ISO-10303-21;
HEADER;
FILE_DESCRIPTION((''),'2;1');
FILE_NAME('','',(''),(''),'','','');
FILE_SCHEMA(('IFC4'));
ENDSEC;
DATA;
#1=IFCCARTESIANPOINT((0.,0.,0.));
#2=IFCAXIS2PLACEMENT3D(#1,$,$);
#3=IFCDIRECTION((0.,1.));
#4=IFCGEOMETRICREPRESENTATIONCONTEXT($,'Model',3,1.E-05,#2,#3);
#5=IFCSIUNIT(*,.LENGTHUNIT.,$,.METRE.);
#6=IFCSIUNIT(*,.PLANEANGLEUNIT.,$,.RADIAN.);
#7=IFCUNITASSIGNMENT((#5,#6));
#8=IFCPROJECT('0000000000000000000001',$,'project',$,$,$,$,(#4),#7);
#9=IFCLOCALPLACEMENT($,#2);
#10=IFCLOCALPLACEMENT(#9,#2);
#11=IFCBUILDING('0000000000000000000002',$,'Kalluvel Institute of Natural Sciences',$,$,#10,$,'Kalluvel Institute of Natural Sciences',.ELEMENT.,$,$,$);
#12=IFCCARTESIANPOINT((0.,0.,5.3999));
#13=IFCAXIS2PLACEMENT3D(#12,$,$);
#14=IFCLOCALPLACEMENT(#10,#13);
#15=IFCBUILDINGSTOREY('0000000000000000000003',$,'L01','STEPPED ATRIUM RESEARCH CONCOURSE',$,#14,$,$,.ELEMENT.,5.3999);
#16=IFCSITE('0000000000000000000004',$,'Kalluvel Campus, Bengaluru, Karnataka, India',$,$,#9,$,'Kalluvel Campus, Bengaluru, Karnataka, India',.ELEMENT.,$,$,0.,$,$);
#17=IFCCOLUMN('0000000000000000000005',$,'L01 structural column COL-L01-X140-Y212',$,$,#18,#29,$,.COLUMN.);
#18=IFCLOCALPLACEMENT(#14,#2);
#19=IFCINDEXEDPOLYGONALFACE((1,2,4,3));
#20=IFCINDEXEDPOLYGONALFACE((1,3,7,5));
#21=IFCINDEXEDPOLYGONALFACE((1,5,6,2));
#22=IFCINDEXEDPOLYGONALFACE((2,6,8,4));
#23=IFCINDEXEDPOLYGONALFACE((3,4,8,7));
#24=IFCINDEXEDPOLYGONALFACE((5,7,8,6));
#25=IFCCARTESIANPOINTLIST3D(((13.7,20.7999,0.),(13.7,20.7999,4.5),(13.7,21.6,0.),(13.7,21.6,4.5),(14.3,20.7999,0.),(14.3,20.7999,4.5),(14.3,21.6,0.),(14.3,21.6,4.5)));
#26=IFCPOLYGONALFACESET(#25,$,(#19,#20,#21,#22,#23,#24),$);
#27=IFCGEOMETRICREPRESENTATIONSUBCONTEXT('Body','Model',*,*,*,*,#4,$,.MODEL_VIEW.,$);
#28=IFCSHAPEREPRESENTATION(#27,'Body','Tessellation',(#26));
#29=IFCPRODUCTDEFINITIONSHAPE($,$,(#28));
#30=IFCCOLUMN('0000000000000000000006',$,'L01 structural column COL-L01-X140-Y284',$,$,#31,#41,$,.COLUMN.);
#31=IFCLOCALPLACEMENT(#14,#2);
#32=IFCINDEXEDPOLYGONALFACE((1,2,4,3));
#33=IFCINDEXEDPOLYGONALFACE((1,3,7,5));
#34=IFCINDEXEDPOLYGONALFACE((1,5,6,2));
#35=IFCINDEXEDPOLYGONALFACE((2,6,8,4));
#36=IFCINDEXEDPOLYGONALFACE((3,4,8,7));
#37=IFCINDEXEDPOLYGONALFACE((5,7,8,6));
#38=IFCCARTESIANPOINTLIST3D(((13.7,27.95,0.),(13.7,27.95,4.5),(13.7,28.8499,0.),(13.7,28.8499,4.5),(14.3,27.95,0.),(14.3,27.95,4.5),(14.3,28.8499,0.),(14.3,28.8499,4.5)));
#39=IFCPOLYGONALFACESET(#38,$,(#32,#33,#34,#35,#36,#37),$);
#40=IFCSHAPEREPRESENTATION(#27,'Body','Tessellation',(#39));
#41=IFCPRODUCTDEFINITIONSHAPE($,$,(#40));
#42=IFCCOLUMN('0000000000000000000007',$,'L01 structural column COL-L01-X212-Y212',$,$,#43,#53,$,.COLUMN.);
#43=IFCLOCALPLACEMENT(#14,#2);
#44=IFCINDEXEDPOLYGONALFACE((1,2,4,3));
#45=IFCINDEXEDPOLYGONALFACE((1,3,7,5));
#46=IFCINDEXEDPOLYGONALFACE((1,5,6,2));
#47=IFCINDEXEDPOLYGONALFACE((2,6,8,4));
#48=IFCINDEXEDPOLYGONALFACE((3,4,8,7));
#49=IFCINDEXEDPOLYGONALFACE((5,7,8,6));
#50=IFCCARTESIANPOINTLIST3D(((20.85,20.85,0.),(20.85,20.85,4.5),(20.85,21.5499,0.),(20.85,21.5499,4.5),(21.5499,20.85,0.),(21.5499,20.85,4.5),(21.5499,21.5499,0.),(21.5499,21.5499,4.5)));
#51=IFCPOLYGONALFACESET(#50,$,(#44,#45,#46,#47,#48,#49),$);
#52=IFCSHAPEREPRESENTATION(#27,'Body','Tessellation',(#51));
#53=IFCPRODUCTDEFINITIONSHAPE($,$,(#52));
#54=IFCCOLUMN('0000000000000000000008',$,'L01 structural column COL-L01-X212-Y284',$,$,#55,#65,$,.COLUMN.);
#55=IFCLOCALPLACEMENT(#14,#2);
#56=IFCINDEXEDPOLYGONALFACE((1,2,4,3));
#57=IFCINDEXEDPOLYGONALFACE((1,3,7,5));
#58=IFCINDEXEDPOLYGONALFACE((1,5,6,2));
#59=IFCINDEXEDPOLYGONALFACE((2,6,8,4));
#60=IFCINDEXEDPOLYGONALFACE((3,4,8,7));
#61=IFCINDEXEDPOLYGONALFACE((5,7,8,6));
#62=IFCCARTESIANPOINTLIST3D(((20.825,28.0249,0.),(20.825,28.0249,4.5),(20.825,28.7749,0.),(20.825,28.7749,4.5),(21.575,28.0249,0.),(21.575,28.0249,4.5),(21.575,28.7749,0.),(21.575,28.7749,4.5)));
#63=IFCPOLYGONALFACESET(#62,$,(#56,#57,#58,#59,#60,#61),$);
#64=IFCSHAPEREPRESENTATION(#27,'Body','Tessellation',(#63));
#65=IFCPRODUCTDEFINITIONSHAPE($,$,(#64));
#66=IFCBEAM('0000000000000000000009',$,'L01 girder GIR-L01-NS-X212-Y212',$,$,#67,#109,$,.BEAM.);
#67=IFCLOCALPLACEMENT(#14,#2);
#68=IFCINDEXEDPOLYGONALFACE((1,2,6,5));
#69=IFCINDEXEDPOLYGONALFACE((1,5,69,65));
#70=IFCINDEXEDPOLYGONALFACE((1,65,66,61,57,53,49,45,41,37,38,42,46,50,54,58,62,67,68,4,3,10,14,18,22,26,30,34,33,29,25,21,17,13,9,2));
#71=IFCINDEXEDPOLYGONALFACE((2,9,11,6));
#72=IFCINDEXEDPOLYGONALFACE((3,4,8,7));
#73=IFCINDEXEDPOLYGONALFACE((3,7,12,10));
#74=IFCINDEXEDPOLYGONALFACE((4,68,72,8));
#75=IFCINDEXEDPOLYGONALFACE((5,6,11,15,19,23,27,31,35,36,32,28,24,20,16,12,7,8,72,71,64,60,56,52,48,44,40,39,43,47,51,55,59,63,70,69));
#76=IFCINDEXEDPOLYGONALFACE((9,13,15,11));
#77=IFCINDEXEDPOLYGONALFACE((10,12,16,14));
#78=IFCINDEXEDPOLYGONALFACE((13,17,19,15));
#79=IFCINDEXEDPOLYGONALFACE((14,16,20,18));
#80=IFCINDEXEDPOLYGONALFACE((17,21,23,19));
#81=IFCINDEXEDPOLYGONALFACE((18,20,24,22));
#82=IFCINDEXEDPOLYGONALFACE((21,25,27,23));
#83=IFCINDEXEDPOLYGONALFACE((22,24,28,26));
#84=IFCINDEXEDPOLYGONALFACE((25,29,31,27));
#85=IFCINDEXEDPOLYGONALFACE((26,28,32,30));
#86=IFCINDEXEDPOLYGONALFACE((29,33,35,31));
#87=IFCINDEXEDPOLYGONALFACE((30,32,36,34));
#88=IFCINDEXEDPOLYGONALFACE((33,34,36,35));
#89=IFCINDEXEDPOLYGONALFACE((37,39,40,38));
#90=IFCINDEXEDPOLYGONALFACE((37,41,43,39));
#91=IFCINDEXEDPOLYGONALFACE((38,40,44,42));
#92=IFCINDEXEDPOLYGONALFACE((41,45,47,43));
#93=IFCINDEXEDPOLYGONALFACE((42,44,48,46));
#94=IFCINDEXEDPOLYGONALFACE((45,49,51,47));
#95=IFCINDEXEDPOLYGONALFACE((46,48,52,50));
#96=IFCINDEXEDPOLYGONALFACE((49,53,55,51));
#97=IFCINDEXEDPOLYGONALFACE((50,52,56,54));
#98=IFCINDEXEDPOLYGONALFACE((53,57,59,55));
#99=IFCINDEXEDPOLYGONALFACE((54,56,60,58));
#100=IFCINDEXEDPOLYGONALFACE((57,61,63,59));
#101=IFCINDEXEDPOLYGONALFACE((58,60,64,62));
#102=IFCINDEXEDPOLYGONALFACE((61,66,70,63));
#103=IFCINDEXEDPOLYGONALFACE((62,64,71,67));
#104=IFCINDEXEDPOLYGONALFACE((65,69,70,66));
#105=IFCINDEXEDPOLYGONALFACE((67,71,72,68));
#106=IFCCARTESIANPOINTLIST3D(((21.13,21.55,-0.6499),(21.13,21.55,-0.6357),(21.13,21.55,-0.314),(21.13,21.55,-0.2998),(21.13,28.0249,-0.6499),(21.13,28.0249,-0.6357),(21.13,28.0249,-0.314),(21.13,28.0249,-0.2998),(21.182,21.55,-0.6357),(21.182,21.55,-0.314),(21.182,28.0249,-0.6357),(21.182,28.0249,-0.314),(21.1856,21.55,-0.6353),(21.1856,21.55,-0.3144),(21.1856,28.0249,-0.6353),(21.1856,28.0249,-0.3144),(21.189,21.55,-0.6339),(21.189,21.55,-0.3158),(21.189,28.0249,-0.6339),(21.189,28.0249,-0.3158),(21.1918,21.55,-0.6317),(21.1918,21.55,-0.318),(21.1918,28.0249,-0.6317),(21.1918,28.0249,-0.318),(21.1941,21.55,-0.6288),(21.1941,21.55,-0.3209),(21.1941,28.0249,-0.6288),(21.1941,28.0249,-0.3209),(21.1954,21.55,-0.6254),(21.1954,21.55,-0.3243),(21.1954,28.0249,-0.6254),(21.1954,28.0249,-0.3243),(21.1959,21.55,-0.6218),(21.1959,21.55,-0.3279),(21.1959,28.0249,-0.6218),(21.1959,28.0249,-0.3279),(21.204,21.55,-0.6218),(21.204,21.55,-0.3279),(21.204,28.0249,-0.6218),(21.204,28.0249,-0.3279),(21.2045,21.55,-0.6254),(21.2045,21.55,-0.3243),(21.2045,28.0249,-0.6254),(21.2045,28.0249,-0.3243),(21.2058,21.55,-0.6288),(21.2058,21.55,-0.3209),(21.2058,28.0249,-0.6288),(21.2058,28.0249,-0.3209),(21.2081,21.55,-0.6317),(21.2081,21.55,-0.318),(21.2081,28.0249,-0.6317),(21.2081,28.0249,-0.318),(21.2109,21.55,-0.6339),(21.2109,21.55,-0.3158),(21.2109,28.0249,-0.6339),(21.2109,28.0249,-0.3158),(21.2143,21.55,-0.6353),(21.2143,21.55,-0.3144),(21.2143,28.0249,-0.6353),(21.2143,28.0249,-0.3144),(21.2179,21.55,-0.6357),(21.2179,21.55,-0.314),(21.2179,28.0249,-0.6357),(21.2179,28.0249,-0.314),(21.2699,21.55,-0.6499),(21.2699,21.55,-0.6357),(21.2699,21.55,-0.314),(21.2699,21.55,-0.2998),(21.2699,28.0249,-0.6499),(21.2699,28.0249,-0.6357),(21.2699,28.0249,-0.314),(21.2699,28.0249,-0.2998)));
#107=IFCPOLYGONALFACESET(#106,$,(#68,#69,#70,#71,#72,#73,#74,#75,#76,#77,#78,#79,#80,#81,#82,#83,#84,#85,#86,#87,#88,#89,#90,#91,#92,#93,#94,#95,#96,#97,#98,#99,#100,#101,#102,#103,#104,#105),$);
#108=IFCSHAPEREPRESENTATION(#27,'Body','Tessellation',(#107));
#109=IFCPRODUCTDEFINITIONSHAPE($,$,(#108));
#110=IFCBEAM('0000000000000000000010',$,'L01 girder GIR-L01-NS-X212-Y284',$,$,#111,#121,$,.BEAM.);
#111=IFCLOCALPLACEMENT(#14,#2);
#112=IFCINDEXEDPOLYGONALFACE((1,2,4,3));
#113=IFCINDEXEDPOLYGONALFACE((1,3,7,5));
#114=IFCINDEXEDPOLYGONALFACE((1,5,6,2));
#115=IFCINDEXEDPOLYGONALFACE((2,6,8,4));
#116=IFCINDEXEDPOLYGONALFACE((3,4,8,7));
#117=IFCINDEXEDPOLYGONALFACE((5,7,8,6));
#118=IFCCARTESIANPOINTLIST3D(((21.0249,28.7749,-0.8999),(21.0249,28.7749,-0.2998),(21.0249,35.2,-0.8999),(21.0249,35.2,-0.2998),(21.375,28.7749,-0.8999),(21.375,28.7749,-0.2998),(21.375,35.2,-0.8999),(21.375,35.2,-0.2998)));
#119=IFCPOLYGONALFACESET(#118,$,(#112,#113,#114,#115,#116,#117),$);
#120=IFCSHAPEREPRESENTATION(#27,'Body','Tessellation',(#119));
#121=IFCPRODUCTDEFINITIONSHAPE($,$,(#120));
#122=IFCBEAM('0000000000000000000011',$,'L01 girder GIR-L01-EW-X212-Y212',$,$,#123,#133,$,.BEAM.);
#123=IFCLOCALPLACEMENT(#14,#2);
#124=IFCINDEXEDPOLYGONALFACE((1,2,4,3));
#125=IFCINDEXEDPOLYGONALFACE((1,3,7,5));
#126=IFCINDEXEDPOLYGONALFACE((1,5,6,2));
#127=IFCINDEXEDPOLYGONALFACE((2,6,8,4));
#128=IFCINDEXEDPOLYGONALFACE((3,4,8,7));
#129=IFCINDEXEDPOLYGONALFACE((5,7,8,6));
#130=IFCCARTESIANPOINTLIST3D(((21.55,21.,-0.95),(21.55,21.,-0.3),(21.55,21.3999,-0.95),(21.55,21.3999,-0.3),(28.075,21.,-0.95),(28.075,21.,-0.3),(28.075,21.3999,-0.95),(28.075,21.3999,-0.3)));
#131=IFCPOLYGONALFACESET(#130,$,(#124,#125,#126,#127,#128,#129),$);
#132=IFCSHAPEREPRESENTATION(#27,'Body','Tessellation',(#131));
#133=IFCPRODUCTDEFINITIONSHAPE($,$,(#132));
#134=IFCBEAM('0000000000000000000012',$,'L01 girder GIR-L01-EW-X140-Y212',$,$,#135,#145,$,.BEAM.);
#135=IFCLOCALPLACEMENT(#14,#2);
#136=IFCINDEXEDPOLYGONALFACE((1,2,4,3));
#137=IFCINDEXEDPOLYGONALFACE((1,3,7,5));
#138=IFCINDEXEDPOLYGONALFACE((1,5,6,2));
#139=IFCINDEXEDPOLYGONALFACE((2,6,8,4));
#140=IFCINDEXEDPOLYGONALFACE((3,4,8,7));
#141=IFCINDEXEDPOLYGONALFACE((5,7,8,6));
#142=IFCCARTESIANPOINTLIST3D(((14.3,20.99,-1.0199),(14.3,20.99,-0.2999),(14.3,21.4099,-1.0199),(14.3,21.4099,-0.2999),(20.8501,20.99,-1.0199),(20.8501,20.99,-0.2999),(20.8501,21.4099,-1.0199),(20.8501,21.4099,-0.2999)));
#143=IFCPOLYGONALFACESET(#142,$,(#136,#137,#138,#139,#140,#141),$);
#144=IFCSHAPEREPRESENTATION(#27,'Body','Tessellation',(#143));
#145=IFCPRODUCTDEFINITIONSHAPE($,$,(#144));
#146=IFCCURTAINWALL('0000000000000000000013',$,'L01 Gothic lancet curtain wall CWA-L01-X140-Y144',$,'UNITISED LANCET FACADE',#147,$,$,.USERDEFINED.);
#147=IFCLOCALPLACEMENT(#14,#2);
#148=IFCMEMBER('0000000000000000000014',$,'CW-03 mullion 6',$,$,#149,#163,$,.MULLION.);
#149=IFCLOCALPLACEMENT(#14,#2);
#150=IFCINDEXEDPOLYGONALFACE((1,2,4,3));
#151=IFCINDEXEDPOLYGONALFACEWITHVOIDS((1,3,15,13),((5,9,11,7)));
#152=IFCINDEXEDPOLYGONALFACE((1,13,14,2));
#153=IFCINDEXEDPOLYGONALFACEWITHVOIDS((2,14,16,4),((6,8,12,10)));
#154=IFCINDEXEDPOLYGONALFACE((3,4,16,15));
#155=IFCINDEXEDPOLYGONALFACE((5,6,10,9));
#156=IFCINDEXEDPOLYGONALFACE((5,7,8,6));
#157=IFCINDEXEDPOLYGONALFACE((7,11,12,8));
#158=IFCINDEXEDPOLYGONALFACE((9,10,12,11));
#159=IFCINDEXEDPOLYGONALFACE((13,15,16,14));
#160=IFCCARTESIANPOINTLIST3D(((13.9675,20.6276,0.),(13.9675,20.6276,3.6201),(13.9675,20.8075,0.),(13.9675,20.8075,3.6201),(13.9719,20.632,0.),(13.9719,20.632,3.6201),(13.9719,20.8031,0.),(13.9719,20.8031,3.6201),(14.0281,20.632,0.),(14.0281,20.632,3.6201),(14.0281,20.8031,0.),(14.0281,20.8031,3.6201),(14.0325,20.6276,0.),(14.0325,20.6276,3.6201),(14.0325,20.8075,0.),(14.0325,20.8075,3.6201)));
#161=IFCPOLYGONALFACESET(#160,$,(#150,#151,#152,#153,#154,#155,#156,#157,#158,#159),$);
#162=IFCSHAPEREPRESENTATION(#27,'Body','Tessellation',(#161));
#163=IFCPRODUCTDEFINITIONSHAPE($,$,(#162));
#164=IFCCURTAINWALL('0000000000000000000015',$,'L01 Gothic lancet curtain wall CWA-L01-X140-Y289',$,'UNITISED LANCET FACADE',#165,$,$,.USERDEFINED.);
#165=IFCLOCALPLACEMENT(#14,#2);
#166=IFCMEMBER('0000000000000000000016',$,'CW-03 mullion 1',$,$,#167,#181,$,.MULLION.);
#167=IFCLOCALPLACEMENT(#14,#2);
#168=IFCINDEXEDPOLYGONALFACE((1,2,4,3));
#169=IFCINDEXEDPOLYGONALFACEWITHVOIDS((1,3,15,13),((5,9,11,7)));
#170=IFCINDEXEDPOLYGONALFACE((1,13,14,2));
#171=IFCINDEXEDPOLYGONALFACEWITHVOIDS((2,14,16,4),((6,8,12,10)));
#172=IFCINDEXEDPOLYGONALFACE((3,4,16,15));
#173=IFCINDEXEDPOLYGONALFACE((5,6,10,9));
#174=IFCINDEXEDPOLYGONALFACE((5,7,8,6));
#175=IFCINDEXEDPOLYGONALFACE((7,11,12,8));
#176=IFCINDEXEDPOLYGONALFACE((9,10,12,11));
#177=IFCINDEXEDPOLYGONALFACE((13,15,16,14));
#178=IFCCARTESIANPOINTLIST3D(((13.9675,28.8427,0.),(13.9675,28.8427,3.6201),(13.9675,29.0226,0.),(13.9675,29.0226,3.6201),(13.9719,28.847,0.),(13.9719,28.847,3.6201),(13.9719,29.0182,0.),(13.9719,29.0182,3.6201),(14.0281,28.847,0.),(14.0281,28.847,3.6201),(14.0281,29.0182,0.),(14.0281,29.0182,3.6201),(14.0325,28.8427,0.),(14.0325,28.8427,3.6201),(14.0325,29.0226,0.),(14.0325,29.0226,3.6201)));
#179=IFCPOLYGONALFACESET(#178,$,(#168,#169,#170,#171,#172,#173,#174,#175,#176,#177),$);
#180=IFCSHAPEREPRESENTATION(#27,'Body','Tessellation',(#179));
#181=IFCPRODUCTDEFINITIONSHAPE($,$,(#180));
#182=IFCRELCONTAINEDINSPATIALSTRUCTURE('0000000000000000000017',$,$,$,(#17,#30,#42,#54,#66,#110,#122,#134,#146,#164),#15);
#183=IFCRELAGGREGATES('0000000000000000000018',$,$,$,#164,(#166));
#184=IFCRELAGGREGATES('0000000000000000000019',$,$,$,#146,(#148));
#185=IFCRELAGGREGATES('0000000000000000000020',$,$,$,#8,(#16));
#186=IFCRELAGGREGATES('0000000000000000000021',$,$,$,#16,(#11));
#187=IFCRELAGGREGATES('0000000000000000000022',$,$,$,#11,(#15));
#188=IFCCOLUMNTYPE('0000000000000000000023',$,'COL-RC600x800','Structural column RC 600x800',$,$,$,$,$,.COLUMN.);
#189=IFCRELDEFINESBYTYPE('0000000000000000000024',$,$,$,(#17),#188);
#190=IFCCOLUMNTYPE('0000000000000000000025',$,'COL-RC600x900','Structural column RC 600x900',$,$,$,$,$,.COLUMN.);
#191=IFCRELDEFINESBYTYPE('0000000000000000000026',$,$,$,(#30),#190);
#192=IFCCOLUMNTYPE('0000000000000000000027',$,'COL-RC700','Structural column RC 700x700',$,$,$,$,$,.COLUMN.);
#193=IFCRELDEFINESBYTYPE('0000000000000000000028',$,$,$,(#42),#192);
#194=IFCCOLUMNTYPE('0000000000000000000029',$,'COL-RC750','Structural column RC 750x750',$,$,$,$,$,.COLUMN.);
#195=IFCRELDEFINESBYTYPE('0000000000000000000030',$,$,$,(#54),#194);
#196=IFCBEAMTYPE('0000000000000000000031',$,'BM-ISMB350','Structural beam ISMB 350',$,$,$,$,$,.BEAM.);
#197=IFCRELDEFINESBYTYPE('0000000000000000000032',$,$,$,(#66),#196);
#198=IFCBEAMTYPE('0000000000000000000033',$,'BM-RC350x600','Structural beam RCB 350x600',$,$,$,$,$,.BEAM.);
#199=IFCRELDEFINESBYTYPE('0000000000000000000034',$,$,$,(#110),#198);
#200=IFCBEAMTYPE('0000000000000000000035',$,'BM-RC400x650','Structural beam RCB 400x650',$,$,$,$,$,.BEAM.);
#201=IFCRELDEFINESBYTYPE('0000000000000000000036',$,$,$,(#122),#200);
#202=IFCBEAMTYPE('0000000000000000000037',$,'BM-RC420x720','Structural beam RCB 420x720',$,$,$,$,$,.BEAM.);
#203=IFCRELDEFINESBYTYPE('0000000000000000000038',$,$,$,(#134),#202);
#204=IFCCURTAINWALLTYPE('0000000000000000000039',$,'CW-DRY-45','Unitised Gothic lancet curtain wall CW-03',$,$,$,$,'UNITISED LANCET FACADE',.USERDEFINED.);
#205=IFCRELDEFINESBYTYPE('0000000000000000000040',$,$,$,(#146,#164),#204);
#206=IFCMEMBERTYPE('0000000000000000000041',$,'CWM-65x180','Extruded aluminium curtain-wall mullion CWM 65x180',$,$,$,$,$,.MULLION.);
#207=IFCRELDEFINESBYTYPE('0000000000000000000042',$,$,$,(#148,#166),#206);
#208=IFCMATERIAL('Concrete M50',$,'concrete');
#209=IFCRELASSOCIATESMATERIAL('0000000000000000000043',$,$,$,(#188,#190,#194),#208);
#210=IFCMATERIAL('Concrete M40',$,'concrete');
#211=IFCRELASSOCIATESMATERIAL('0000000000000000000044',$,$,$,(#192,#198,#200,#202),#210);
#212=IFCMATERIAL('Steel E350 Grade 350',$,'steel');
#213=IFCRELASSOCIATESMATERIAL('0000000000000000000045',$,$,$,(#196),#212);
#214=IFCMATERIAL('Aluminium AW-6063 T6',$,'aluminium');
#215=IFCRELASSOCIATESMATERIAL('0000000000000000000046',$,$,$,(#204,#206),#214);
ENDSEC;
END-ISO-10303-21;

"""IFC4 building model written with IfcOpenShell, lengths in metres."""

from ifc_helpers import new_model, si_unit, direction, frame, origin, origin_2d, place, context, subcontext, project, spatial, rectangle, hollow_rectangle, i_section, extrude, material, material_profile, profile_set, type_object, element, aggregate, save


model = new_model("IFC4")

# Units and contexts
model_context = context("Model", 3, precision=1e-05, world=origin(), true_north=direction((0.0, 1.0)))
body_context = subcontext(model_context, "Body", "Model", "MODEL_VIEW")
ifc_project = project(units=[si_unit("LENGTHUNIT", "METRE"), si_unit("PLANEANGLEUNIT", "RADIAN")], contexts=[model_context])

# Site, building, storey
site_placement = place(None, origin())
site = spatial("IfcSite", under=ifc_project, at=site_placement, Name="Kalluvel Campus, Bengaluru, Karnataka, India", LongName="Kalluvel Campus, Bengaluru, Karnataka, India", CompositionType="ELEMENT", RefElevation=0.0)
building_placement = place(site_placement, origin())
building = spatial("IfcBuilding", under=site, at=building_placement, Name="Kalluvel Institute of Natural Sciences", LongName="Kalluvel Institute of Natural Sciences", CompositionType="ELEMENT")
storey_placement = place(building_placement, frame((0.0, 0.0, 5.3999)))
storey = spatial("IfcBuildingStorey", under=building, at=storey_placement, Name="L01", Description="STEPPED ATRIUM RESEARCH CONCOURSE", CompositionType="ELEMENT", Elevation=5.3999)

# Columns
ifc_material_1 = material(Name="Concrete M50", Category="concrete")
ifc_material_profile_1 = material_profile(ifc_material_1, rectangle(XDim=0.6001, YDim=0.8, at=origin_2d()), Name="RC 600x800")
ifc_profile_set_1 = profile_set([ifc_material_profile_1], Name="Concrete M50")
column_type_1 = type_object("IfcColumnType", Name="COL-RC600x800", Description="Structural column RC 600x800", PredefinedType="COLUMN", material=ifc_profile_set_1)
column_1_placement = place(storey_placement, frame((14.0, 21.2, 0.0), z_axis=(0.0, 0.0, 1.0), x_axis=(1.0, 0.0, 0.0)))
element("IfcColumn", 1, at=column_1_placement, inside=storey, type_object=column_type_1, Name="L01 structural column COL-L01-X140-Y212", PredefinedType="COLUMN", context=body_context, shape_type="SweptSolid", body=[
    extrude(rectangle(XDim=0.6001, YDim=0.8, at=origin_2d()), origin(), (0.0, 0.0, 1.0), 4.5),
])
ifc_material_profile_2 = material_profile(ifc_material_1, rectangle(XDim=0.6001, YDim=0.8999, at=origin_2d()), Name="RC 600x900")
ifc_profile_set_2 = profile_set([ifc_material_profile_2], Name="Concrete M50")
column_type_2 = type_object("IfcColumnType", Name="COL-RC600x900", Description="Structural column RC 600x900", PredefinedType="COLUMN", material=ifc_profile_set_2)
column_2_placement = place(storey_placement, frame((14.0, 28.3999, 0.0), z_axis=(0.0, 0.0, 1.0), x_axis=(1.0, 0.0, 0.0)))
element("IfcColumn", 2, at=column_2_placement, inside=storey, type_object=column_type_2, Name="L01 structural column COL-L01-X140-Y284", PredefinedType="COLUMN", context=body_context, shape_type="SweptSolid", body=[
    extrude(rectangle(XDim=0.6001, YDim=0.8999, at=origin_2d()), origin(), (0.0, 0.0, 1.0), 4.5),
])
ifc_material_2 = material(Name="Concrete M40", Category="concrete")
ifc_material_profile_3 = material_profile(ifc_material_2, rectangle(XDim=0.7, YDim=0.7, at=origin_2d()), Name="RC 700x700")
ifc_profile_set_3 = profile_set([ifc_material_profile_3], Name="Concrete M40")
column_type_3 = type_object("IfcColumnType", Name="COL-RC700", Description="Structural column RC 700x700", PredefinedType="COLUMN", material=ifc_profile_set_3)
column_3_placement = place(storey_placement, frame((21.2, 21.2, 0.0), z_axis=(0.0, 0.0, 1.0), x_axis=(1.0, 0.0, 0.0)))
element("IfcColumn", 3, at=column_3_placement, inside=storey, type_object=column_type_3, Name="L01 structural column COL-L01-X212-Y212", PredefinedType="COLUMN", context=body_context, shape_type="SweptSolid", body=[
    extrude(rectangle(XDim=0.7, YDim=0.7, at=origin_2d()), origin(), (0.0, 0.0, 1.0), 4.5),
])
ifc_material_profile_4 = material_profile(ifc_material_1, rectangle(XDim=0.75, YDim=0.75, at=origin_2d()), Name="RC 750x750")
ifc_profile_set_4 = profile_set([ifc_material_profile_4], Name="Concrete M50")
column_type_4 = type_object("IfcColumnType", Name="COL-RC750", Description="Structural column RC 750x750", PredefinedType="COLUMN", material=ifc_profile_set_4)
column_4_placement = place(storey_placement, frame((21.2, 28.3999, 0.0), z_axis=(0.0, 0.0, 1.0), x_axis=(1.0, 0.0, 0.0)))
element("IfcColumn", 4, at=column_4_placement, inside=storey, type_object=column_type_4, Name="L01 structural column COL-L01-X212-Y284", PredefinedType="COLUMN", context=body_context, shape_type="SweptSolid", body=[
    extrude(rectangle(XDim=0.75, YDim=0.75, at=origin_2d()), origin(), (0.0, 0.0, 1.0), 4.5),
])

# Beams
ifc_material_3 = material(Name="Steel E350 Grade 350", Category="steel")
ifc_material_profile_5 = material_profile(ifc_material_3, i_section(OverallWidth=0.1399, OverallDepth=0.3501, WebThickness=0.0081, FlangeThickness=0.0142, FilletRadius=0.0139, at=origin_2d()), Name="ISMB 350")
ifc_profile_set_5 = profile_set([ifc_material_profile_5], Name="Steel E350 Grade 350")
beam_type_1 = type_object("IfcBeamType", Name="BM-ISMB350", Description="Structural beam ISMB 350", PredefinedType="BEAM", material=ifc_profile_set_5)
beam_1_placement = place(storey_placement, frame((21.2, 21.55, -0.4749), z_axis=(0.0, 1.0, 0.0), x_axis=(-1.0, 0.0, 0.0)))
element("IfcBeam", 5, at=beam_1_placement, inside=storey, type_object=beam_type_1, Name="L01 girder GIR-L01-NS-X212-Y212", PredefinedType="BEAM", context=body_context, shape_type="SweptSolid", body=[
    extrude(i_section(OverallWidth=0.1399, OverallDepth=0.3501, WebThickness=0.0081, FlangeThickness=0.0142, FilletRadius=0.0139, at=origin_2d()), origin(), (0.0, 0.0, 1.0), 6.4749),
])
ifc_material_profile_6 = material_profile(ifc_material_2, rectangle(XDim=0.3501, YDim=0.6001, at=origin_2d()), Name="RCB 350x600")
ifc_profile_set_6 = profile_set([ifc_material_profile_6], Name="Concrete M40")
beam_type_2 = type_object("IfcBeamType", Name="BM-RC350x600", Description="Structural beam RCB 350x600", PredefinedType="BEAM", material=ifc_profile_set_6)
beam_2_placement = place(storey_placement, frame((21.2, 28.7749, -0.5999), z_axis=(0.0, 1.0, 0.0), x_axis=(-1.0, 0.0, 0.0)))
element("IfcBeam", 6, at=beam_2_placement, inside=storey, type_object=beam_type_2, Name="L01 girder GIR-L01-NS-X212-Y284", PredefinedType="BEAM", context=body_context, shape_type="SweptSolid", body=[
    extrude(rectangle(XDim=0.3501, YDim=0.6001, at=origin_2d()), origin(), (0.0, 0.0, 1.0), 6.425),
])
ifc_material_profile_7 = material_profile(ifc_material_2, rectangle(XDim=0.3999, YDim=0.6499, at=origin_2d()), Name="RCB 400x650")
ifc_profile_set_7 = profile_set([ifc_material_profile_7], Name="Concrete M40")
beam_type_3 = type_object("IfcBeamType", Name="BM-RC400x650", Description="Structural beam RCB 400x650", PredefinedType="BEAM", material=ifc_profile_set_7)
beam_3_placement = place(storey_placement, frame((21.55, 21.2, -0.625), z_axis=(1.0, 0.0, 0.0), x_axis=(0.0, 1.0, 0.0)))
element("IfcBeam", 7, at=beam_3_placement, inside=storey, type_object=beam_type_3, Name="L01 girder GIR-L01-EW-X212-Y212", PredefinedType="BEAM", context=body_context, shape_type="SweptSolid", body=[
    extrude(rectangle(XDim=0.3999, YDim=0.6499, at=origin_2d()), origin(), (0.0, 0.0, 1.0), 6.5249),
])
ifc_material_profile_8 = material_profile(ifc_material_2, rectangle(XDim=0.4199, YDim=0.72, at=origin_2d()), Name="RCB 420x720")
ifc_profile_set_8 = profile_set([ifc_material_profile_8], Name="Concrete M40")
beam_type_4 = type_object("IfcBeamType", Name="BM-RC420x720", Description="Structural beam RCB 420x720", PredefinedType="BEAM", material=ifc_profile_set_8)
beam_4_placement = place(storey_placement, frame((14.3, 21.2, -0.6599), z_axis=(1.0, 0.0, 0.0), x_axis=(0.0, 1.0, 0.0)))
element("IfcBeam", 8, at=beam_4_placement, inside=storey, type_object=beam_type_4, Name="L01 girder GIR-L01-EW-X140-Y212", PredefinedType="BEAM", context=body_context, shape_type="SweptSolid", body=[
    extrude(rectangle(XDim=0.4199, YDim=0.72, at=origin_2d()), origin(), (0.0, 0.0, 1.0), 6.55),
])

# Curtain walls, members
ifc_material_4 = material(Name="Aluminium AW-6063 T6", Category="aluminium")
curtain_wall_type = type_object("IfcCurtainWallType", Name="CW-DRY-45", Description="Unitised Gothic lancet curtain wall CW-03", ElementType="UNITISED LANCET FACADE", PredefinedType="USERDEFINED", material=ifc_material_4)
curtain_wall_1_placement = place(storey_placement, origin())
curtain_wall_1 = element("IfcCurtainWall", 9, at=curtain_wall_1_placement, inside=storey, type_object=curtain_wall_type, Name="L01 Gothic lancet curtain wall CWA-L01-X140-Y144", ObjectType="UNITISED LANCET FACADE", PredefinedType="USERDEFINED")
ifc_material_profile_9 = material_profile(ifc_material_4, hollow_rectangle(XDim=0.0649, YDim=0.1799, WallThickness=0.0044, at=origin_2d()), Name="CWM 65x180")
ifc_profile_set_9 = profile_set([ifc_material_profile_9], Name="Aluminium AW-6063 T6")
member_type_1 = type_object("IfcMemberType", Name="CWM-65x180", Description="Extruded aluminium curtain-wall mullion CWM 65x180", PredefinedType="MULLION", material=ifc_profile_set_9)
member_1_placement = place(storey_placement, frame((14.0, 20.7175, 0.0), z_axis=(0.0, 0.0, 1.0), x_axis=(-1.0, 0.0, 0.0)))
member_1 = element("IfcMember", 10, at=member_1_placement, type_object=member_type_1, Name="CW-03 mullion 6", PredefinedType="MULLION", context=body_context, shape_type="SweptSolid", body=[
    extrude(hollow_rectangle(XDim=0.0649, YDim=0.1799, WallThickness=0.0044, at=origin_2d()), origin(), (0.0, 0.0, 1.0), 3.6201),
])
curtain_wall_2_placement = place(storey_placement, origin())
curtain_wall_2 = element("IfcCurtainWall", 11, at=curtain_wall_2_placement, inside=storey, type_object=curtain_wall_type, Name="L01 Gothic lancet curtain wall CWA-L01-X140-Y289", ObjectType="UNITISED LANCET FACADE", PredefinedType="USERDEFINED")
member_2_placement = place(storey_placement, frame((14.0, 28.9326, 0.0), z_axis=(0.0, 0.0, 1.0), x_axis=(-1.0, 0.0, 0.0)))
member_2 = element("IfcMember", 12, at=member_2_placement, type_object=member_type_1, Name="CW-03 mullion 1", PredefinedType="MULLION", context=body_context, shape_type="SweptSolid", body=[
    extrude(hollow_rectangle(XDim=0.0649, YDim=0.1799, WallThickness=0.0044, at=origin_2d()), origin(), (0.0, 0.0, 1.0), 3.6201),
])
aggregate(curtain_wall_2, [member_2])

aggregate(curtain_wall_1, [member_1])

save(model, "model.ifc")
